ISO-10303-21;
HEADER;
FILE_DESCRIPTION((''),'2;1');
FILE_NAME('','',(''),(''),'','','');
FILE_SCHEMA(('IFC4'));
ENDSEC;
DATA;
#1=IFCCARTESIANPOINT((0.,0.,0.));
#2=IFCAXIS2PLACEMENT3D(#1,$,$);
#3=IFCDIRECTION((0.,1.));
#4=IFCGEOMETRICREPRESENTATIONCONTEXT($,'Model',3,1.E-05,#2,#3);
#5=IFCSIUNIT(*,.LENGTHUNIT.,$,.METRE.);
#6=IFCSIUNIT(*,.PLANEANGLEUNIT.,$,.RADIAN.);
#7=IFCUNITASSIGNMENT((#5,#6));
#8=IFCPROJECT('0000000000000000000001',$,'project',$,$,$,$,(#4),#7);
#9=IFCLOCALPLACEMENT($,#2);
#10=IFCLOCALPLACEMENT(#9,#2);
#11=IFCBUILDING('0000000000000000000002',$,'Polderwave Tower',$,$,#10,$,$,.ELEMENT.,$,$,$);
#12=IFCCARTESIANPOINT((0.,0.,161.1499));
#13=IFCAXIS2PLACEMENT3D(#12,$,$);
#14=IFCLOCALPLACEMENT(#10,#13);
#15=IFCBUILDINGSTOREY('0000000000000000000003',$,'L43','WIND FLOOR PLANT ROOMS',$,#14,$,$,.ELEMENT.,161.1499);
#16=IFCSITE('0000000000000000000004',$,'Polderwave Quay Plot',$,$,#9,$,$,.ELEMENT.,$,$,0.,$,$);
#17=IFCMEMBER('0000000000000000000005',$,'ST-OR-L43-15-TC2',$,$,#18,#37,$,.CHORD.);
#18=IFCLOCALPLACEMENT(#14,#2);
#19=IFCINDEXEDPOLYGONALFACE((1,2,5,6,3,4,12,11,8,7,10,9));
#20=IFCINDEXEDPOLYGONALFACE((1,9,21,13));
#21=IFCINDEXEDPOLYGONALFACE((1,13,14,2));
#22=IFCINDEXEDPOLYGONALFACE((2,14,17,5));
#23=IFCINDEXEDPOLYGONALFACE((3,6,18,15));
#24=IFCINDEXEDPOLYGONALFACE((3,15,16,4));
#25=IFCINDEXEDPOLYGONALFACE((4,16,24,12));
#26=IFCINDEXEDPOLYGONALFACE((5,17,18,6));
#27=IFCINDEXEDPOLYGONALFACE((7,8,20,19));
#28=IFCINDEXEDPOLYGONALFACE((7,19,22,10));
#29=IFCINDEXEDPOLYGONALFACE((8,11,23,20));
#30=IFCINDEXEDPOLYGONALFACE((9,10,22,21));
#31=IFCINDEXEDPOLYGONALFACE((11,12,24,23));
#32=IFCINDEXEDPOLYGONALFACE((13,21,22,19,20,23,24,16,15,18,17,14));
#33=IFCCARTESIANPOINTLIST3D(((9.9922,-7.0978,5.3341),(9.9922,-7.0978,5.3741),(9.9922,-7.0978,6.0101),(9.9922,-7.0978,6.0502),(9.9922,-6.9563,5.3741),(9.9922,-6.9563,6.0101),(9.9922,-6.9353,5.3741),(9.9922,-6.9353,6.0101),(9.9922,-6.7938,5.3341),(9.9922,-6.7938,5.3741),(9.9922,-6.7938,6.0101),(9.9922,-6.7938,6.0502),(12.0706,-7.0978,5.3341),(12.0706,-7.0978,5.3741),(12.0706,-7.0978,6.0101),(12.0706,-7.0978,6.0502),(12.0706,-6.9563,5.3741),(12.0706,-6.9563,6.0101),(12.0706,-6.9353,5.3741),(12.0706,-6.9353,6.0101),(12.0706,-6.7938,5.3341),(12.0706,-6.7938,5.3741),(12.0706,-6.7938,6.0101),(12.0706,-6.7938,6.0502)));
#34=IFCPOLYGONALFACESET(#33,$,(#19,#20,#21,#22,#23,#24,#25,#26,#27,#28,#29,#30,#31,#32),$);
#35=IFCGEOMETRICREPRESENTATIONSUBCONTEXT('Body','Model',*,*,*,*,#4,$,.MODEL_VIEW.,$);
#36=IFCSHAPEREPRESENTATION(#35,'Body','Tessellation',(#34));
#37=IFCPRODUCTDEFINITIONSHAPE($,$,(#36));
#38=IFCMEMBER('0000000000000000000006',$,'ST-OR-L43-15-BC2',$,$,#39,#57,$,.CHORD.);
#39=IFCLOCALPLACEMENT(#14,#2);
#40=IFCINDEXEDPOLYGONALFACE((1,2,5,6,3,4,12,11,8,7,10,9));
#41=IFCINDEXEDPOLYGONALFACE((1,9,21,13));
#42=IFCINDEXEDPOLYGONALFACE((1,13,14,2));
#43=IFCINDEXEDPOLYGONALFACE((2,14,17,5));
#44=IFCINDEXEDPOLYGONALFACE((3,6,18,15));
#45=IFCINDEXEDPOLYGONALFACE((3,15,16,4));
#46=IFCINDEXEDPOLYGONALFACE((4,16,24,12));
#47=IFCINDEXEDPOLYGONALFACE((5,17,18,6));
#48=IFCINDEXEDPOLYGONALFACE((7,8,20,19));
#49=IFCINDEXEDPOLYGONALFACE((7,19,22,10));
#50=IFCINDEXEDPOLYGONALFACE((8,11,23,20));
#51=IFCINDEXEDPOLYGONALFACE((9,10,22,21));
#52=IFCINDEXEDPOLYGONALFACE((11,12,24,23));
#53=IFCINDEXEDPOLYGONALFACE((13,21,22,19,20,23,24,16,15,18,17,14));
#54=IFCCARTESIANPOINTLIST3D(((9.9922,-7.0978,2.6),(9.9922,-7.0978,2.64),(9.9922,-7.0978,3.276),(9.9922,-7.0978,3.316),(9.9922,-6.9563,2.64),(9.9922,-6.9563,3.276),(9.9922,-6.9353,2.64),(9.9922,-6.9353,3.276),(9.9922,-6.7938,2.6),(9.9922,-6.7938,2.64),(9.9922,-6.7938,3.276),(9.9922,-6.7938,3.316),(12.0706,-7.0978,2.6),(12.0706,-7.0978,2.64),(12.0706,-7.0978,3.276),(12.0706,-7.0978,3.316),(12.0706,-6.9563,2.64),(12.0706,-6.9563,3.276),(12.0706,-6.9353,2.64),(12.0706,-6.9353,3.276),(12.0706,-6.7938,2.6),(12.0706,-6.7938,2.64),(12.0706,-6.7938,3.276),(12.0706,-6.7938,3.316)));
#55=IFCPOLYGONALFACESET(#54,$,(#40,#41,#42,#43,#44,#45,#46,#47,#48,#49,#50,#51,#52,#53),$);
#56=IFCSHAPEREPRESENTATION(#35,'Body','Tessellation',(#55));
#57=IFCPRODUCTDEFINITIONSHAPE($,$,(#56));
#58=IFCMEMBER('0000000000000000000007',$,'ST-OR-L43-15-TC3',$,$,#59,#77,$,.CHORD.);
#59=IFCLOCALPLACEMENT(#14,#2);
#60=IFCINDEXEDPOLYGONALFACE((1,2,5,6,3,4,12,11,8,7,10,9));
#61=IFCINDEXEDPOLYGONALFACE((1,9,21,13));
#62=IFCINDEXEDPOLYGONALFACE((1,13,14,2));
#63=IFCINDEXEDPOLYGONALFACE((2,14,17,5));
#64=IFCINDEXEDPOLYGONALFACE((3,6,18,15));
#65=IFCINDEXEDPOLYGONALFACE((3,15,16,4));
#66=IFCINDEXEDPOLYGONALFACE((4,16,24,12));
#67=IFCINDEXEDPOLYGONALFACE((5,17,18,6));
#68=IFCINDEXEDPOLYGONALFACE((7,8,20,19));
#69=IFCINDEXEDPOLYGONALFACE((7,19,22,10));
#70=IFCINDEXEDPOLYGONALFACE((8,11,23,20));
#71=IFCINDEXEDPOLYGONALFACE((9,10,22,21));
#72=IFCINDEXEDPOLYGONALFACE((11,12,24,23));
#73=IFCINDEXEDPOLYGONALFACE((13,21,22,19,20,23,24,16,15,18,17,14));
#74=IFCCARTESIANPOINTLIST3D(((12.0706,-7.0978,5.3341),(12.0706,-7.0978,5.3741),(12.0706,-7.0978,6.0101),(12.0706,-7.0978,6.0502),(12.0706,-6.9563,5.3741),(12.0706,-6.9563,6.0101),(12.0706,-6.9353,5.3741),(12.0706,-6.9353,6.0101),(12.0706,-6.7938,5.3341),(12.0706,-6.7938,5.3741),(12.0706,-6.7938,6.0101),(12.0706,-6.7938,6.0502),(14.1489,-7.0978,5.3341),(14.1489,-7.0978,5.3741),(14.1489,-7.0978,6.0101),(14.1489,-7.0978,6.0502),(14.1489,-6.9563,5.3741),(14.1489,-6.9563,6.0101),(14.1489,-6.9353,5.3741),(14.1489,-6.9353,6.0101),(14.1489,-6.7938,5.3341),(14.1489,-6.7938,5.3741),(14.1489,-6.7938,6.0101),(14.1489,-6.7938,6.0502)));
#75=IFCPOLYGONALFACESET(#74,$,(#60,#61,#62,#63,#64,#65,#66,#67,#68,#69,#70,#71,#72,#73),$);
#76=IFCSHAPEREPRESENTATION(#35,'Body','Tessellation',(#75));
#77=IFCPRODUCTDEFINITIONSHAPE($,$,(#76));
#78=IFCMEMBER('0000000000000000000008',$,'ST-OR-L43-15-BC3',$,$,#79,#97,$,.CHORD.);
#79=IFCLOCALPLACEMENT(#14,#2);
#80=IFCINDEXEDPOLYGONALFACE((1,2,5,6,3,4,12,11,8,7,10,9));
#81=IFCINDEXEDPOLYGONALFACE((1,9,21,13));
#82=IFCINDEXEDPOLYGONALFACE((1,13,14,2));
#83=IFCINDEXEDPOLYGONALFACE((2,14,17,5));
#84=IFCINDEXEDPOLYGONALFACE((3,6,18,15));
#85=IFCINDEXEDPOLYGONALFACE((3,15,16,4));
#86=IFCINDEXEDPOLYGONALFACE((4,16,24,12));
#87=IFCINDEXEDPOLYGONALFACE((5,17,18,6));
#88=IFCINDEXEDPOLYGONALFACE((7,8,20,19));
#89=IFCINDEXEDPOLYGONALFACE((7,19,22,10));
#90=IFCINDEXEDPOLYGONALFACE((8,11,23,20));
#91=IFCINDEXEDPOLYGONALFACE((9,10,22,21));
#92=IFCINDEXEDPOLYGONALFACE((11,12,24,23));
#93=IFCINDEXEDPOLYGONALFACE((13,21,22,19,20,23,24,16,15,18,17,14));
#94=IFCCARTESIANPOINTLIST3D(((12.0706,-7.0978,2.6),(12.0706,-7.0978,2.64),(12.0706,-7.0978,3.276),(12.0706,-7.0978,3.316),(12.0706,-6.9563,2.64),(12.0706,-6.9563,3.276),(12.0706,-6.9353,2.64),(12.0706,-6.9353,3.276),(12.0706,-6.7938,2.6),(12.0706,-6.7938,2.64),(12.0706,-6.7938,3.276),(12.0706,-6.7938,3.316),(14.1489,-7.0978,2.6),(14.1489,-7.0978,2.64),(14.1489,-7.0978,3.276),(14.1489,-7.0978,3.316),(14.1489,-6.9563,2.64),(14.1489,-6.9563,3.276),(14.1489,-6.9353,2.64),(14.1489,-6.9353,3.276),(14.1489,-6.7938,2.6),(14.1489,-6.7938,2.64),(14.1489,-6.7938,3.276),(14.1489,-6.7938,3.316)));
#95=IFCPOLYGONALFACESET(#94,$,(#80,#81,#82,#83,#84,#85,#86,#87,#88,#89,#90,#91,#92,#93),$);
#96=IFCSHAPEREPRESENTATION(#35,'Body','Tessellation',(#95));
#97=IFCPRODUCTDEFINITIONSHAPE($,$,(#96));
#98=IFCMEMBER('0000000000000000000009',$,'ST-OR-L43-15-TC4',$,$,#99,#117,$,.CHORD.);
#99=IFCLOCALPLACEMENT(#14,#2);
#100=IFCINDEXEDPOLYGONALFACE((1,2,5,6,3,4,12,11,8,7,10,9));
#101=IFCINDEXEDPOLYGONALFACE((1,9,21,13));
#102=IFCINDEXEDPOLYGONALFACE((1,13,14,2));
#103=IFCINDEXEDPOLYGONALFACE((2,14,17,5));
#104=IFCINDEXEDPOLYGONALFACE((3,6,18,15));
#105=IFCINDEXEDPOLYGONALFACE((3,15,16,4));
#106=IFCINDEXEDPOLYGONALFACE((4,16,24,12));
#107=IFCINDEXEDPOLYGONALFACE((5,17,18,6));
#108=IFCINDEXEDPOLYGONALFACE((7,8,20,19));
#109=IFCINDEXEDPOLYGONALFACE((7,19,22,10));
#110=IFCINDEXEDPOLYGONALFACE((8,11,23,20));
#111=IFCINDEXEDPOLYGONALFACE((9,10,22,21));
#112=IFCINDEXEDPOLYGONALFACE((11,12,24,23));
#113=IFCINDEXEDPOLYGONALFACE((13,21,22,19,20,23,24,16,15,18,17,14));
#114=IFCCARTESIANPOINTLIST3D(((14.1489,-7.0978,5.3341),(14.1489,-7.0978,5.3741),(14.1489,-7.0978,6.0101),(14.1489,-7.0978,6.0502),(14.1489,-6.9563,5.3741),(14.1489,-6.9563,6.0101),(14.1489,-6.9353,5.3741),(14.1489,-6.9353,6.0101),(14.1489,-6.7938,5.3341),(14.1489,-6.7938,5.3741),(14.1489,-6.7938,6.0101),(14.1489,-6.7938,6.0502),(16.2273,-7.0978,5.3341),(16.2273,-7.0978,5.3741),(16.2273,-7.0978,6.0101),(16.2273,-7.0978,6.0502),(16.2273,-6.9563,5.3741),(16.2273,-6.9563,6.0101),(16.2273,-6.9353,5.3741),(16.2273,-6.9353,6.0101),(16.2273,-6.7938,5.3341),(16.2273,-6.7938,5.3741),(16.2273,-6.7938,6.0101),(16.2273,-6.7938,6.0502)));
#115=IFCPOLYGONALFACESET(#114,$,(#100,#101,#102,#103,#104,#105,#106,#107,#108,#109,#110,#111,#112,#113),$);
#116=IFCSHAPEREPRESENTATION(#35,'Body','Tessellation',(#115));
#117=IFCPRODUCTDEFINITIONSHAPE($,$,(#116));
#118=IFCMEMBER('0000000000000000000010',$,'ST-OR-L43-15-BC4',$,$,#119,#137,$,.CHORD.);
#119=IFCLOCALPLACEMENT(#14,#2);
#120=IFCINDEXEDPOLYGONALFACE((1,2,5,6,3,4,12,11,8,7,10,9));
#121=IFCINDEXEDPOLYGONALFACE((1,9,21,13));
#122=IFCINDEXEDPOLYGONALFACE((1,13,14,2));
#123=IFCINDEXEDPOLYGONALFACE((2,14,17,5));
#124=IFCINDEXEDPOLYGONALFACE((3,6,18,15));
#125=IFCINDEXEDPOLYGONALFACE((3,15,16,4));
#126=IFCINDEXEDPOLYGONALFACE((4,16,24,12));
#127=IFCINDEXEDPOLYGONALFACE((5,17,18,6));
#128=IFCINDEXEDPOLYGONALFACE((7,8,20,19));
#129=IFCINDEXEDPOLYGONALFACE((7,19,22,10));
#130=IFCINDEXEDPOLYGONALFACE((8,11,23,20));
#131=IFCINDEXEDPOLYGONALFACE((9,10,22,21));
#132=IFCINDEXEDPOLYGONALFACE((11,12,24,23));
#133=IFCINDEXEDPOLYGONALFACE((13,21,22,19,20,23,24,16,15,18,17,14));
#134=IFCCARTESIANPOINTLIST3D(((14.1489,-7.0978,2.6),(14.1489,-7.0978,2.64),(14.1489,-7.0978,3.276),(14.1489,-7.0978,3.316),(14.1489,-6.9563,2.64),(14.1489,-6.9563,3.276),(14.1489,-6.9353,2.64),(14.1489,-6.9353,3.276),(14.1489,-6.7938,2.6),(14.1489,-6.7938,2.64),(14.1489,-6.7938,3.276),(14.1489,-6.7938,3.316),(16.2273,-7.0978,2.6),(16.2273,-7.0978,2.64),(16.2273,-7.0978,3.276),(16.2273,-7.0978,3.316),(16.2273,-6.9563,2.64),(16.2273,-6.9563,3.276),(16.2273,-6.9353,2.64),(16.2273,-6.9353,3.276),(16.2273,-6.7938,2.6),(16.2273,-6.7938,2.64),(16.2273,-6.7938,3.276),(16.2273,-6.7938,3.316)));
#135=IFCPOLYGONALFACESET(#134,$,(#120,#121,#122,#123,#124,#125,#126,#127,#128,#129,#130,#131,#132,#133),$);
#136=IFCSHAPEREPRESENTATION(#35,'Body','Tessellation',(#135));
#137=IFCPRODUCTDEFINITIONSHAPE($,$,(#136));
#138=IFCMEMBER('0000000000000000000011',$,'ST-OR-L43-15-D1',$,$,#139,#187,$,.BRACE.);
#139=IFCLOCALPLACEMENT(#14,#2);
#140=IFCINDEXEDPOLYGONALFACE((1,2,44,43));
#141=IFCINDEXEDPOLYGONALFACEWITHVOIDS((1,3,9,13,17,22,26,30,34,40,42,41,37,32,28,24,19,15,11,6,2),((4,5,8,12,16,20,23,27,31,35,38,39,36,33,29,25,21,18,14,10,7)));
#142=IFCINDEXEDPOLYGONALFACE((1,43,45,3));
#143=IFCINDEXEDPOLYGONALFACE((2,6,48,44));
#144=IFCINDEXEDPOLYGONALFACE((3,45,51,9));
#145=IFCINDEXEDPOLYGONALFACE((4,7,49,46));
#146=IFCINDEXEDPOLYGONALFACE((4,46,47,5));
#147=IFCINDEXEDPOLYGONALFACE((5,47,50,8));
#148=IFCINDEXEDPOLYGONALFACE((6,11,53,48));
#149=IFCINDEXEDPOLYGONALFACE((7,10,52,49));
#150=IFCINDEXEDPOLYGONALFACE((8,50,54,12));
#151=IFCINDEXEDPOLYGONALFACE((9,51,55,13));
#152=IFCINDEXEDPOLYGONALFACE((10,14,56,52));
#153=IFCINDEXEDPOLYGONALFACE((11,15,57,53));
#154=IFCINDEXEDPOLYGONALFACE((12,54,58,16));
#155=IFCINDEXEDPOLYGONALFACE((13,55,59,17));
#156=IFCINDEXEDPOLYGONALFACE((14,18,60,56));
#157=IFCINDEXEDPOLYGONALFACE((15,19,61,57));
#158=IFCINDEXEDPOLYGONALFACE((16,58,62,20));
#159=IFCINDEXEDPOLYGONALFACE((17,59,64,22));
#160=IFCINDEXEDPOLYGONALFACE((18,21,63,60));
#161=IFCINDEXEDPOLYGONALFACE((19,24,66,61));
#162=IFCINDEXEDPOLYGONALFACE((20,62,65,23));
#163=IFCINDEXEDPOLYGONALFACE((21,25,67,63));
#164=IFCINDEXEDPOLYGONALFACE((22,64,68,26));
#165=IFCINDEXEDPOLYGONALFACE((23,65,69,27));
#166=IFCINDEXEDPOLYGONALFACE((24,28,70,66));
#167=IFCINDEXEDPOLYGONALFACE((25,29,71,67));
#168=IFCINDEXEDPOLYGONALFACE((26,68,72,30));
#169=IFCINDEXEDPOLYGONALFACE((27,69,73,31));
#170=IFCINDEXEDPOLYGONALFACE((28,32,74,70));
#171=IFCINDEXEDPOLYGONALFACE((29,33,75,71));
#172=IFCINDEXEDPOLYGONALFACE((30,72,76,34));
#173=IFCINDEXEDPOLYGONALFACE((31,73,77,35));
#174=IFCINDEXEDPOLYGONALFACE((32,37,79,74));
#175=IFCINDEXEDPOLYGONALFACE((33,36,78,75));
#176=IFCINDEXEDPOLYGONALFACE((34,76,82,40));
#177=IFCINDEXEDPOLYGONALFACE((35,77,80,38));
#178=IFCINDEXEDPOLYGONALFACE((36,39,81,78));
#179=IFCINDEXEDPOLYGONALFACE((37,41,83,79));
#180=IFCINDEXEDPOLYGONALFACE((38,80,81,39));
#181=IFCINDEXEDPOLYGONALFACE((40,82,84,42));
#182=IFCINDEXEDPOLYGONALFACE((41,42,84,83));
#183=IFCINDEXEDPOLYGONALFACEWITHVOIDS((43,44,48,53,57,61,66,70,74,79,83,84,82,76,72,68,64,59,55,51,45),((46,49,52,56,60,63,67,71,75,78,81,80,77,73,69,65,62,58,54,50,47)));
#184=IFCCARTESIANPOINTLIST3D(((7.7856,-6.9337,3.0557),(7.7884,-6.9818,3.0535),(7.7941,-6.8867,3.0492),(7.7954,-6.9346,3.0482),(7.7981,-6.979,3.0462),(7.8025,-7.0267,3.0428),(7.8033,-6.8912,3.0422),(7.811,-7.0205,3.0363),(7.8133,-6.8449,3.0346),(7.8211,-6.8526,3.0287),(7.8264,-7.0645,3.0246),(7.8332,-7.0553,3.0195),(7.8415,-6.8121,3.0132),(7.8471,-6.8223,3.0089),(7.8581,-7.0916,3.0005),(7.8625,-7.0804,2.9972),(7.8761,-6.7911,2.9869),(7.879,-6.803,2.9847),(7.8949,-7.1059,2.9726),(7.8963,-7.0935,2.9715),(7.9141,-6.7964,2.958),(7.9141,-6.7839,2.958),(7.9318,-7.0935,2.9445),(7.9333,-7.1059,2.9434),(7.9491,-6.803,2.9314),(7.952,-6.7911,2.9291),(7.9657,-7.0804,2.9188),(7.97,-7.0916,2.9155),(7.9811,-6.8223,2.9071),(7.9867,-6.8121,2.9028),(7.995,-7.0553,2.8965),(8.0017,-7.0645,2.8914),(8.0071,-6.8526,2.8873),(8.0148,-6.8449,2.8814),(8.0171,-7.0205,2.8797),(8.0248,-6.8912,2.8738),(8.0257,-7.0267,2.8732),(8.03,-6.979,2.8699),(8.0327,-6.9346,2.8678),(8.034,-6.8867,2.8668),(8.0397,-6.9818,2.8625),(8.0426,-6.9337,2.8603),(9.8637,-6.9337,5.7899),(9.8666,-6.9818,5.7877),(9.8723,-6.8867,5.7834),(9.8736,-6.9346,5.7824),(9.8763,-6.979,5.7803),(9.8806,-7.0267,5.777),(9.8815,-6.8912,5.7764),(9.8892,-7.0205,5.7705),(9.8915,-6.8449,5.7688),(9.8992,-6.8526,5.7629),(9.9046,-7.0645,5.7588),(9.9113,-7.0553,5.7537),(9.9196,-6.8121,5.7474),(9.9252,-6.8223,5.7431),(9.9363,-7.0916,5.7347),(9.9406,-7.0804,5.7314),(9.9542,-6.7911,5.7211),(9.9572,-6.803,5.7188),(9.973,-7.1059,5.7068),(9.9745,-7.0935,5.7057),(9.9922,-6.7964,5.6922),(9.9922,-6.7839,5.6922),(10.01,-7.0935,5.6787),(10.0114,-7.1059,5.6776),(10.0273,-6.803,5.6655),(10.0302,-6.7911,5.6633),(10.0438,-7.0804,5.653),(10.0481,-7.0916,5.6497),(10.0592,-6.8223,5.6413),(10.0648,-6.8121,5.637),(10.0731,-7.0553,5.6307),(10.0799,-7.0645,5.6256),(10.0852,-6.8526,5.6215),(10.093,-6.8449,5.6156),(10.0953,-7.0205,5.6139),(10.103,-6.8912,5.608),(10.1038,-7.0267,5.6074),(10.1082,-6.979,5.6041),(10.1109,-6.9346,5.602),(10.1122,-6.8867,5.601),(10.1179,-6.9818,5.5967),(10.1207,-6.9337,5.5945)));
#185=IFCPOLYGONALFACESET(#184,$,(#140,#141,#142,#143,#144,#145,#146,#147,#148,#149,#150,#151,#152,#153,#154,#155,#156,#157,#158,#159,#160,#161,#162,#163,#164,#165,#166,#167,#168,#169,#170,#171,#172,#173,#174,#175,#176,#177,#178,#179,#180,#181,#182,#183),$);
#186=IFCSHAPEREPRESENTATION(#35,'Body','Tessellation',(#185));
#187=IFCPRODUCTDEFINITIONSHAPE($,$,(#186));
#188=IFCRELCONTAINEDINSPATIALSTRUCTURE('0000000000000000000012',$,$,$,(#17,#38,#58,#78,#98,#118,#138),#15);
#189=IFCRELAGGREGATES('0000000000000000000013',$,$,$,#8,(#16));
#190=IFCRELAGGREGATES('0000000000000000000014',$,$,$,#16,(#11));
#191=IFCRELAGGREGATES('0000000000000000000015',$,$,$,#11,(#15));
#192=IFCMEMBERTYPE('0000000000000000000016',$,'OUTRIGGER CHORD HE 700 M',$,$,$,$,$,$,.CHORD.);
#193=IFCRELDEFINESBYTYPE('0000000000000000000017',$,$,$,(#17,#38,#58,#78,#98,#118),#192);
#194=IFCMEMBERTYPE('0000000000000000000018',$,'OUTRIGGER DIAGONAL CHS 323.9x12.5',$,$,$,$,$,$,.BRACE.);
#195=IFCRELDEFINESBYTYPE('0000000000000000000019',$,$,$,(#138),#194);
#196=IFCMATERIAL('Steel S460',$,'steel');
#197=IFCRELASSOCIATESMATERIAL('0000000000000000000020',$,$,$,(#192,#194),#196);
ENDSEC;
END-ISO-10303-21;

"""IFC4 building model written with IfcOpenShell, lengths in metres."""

from ifc_helpers import new_model, si_unit, direction, frame, origin, origin_2d, place, context, subcontext, project, spatial, hollow_circle, i_section, extrude, material, material_profile, profile_set, type_object, element, save


model = new_model("IFC4")

# Units and contexts
model_context = context("Model", 3, precision=1e-05, world=origin(), true_north=direction((0.0, 1.0)))
body_context = subcontext(model_context, "Body", "Model", "MODEL_VIEW")
ifc_project = project(units=[si_unit("LENGTHUNIT", "METRE"), si_unit("PLANEANGLEUNIT", "RADIAN")], contexts=[model_context])

# Site, building, storey
site_placement = place(None, origin())
site = spatial("IfcSite", under=ifc_project, at=site_placement, Name="Polderwave Quay Plot", CompositionType="ELEMENT", RefElevation=0.0)
building_placement = place(site_placement, origin())
building = spatial("IfcBuilding", under=site, at=building_placement, Name="Polderwave Tower", CompositionType="ELEMENT")
storey_placement = place(building_placement, frame((0.0, 0.0, 161.1499)))
storey = spatial("IfcBuildingStorey", under=building, at=storey_placement, Name="L43", Description="WIND FLOOR PLANT ROOMS", CompositionType="ELEMENT", Elevation=161.1499)

# Members
ifc_material_1 = material(Name="Steel S460", Category="steel")
ifc_material_profile_1 = material_profile(ifc_material_1, i_section(OverallWidth=0.304, OverallDepth=0.7161, WebThickness=0.021, FlangeThickness=0.04, at=origin_2d()), Name="HE 700 M")
ifc_profile_set_1 = profile_set([ifc_material_profile_1], Name="Steel S460")
member_type_1 = type_object("IfcMemberType", Name="OUTRIGGER CHORD HE 700 M", PredefinedType="CHORD", material=ifc_profile_set_1)
for number, where, z_axis, x_axis, name in (
    (1, (9.9922, -6.9458, 5.6921), (1.0, 0.0, 0.0), (0.0, 1.0, 0.0), "ST-OR-L43-15-TC2"),
    (2, (9.9922, -6.9458, 2.958), (1.0, 0.0, 0.0), (0.0, 1.0, 0.0), "ST-OR-L43-15-BC2"),
    (3, (12.0706, -6.9458, 5.6921), (1.0, 0.0, 0.0), (0.0, 1.0, 0.0), "ST-OR-L43-15-TC3"),
    (4, (12.0706, -6.9458, 2.958), (1.0, 0.0, 0.0), (0.0, 1.0, 0.0), "ST-OR-L43-15-BC3"),
    (5, (14.1489, -6.9458, 5.6921), (1.0, 0.0, 0.0), (0.0, 1.0, 0.0), "ST-OR-L43-15-TC4"),
    (6, (14.1489, -6.9458, 2.958), (1.0, 0.0, 0.0), (0.0, 1.0, 0.0), "ST-OR-L43-15-BC4"),
):
    element("IfcMember", number, at=place(storey_placement, frame(where, z_axis=z_axis, x_axis=x_axis)), inside=storey, type_object=member_type_1, Name=name, PredefinedType="CHORD", context=body_context, shape_type="SweptSolid", body=[
        extrude(i_section(OverallWidth=0.304, OverallDepth=0.7161, WebThickness=0.021, FlangeThickness=0.04, at=origin_2d()), origin(), (0.0, 0.0, 1.0), 2.0784),
    ])
ifc_material_profile_2 = material_profile(ifc_material_1, hollow_circle(Radius=0.1619, WallThickness=0.0125, at=origin_2d()), Name="CHS 323.9x12.5")
ifc_profile_set_2 = profile_set([ifc_material_profile_2], Name="Steel S460")
member_type_2 = type_object("IfcMemberType", Name="OUTRIGGER DIAGONAL CHS 323.9x12.5", PredefinedType="BRACE", material=ifc_profile_set_2)
for number, where, z_axis, x_axis, name in (
    (7, (7.9141, -6.9458, 2.958), (0.605118, 0.0, 0.796136), (0.0, 1.0, 0.0), "ST-OR-L43-15-D1"),
):
    element("IfcMember", number, at=place(storey_placement, frame(where, z_axis=z_axis, x_axis=x_axis)), inside=storey, type_object=member_type_2, Name=name, PredefinedType="BRACE", context=body_context, shape_type="SweptSolid", body=[
        extrude(hollow_circle(Radius=0.1619, WallThickness=0.0125, at=origin_2d()), origin(), (0.0, 0.0, 1.0), 3.4343),
    ])

save(model, "model.ifc")
